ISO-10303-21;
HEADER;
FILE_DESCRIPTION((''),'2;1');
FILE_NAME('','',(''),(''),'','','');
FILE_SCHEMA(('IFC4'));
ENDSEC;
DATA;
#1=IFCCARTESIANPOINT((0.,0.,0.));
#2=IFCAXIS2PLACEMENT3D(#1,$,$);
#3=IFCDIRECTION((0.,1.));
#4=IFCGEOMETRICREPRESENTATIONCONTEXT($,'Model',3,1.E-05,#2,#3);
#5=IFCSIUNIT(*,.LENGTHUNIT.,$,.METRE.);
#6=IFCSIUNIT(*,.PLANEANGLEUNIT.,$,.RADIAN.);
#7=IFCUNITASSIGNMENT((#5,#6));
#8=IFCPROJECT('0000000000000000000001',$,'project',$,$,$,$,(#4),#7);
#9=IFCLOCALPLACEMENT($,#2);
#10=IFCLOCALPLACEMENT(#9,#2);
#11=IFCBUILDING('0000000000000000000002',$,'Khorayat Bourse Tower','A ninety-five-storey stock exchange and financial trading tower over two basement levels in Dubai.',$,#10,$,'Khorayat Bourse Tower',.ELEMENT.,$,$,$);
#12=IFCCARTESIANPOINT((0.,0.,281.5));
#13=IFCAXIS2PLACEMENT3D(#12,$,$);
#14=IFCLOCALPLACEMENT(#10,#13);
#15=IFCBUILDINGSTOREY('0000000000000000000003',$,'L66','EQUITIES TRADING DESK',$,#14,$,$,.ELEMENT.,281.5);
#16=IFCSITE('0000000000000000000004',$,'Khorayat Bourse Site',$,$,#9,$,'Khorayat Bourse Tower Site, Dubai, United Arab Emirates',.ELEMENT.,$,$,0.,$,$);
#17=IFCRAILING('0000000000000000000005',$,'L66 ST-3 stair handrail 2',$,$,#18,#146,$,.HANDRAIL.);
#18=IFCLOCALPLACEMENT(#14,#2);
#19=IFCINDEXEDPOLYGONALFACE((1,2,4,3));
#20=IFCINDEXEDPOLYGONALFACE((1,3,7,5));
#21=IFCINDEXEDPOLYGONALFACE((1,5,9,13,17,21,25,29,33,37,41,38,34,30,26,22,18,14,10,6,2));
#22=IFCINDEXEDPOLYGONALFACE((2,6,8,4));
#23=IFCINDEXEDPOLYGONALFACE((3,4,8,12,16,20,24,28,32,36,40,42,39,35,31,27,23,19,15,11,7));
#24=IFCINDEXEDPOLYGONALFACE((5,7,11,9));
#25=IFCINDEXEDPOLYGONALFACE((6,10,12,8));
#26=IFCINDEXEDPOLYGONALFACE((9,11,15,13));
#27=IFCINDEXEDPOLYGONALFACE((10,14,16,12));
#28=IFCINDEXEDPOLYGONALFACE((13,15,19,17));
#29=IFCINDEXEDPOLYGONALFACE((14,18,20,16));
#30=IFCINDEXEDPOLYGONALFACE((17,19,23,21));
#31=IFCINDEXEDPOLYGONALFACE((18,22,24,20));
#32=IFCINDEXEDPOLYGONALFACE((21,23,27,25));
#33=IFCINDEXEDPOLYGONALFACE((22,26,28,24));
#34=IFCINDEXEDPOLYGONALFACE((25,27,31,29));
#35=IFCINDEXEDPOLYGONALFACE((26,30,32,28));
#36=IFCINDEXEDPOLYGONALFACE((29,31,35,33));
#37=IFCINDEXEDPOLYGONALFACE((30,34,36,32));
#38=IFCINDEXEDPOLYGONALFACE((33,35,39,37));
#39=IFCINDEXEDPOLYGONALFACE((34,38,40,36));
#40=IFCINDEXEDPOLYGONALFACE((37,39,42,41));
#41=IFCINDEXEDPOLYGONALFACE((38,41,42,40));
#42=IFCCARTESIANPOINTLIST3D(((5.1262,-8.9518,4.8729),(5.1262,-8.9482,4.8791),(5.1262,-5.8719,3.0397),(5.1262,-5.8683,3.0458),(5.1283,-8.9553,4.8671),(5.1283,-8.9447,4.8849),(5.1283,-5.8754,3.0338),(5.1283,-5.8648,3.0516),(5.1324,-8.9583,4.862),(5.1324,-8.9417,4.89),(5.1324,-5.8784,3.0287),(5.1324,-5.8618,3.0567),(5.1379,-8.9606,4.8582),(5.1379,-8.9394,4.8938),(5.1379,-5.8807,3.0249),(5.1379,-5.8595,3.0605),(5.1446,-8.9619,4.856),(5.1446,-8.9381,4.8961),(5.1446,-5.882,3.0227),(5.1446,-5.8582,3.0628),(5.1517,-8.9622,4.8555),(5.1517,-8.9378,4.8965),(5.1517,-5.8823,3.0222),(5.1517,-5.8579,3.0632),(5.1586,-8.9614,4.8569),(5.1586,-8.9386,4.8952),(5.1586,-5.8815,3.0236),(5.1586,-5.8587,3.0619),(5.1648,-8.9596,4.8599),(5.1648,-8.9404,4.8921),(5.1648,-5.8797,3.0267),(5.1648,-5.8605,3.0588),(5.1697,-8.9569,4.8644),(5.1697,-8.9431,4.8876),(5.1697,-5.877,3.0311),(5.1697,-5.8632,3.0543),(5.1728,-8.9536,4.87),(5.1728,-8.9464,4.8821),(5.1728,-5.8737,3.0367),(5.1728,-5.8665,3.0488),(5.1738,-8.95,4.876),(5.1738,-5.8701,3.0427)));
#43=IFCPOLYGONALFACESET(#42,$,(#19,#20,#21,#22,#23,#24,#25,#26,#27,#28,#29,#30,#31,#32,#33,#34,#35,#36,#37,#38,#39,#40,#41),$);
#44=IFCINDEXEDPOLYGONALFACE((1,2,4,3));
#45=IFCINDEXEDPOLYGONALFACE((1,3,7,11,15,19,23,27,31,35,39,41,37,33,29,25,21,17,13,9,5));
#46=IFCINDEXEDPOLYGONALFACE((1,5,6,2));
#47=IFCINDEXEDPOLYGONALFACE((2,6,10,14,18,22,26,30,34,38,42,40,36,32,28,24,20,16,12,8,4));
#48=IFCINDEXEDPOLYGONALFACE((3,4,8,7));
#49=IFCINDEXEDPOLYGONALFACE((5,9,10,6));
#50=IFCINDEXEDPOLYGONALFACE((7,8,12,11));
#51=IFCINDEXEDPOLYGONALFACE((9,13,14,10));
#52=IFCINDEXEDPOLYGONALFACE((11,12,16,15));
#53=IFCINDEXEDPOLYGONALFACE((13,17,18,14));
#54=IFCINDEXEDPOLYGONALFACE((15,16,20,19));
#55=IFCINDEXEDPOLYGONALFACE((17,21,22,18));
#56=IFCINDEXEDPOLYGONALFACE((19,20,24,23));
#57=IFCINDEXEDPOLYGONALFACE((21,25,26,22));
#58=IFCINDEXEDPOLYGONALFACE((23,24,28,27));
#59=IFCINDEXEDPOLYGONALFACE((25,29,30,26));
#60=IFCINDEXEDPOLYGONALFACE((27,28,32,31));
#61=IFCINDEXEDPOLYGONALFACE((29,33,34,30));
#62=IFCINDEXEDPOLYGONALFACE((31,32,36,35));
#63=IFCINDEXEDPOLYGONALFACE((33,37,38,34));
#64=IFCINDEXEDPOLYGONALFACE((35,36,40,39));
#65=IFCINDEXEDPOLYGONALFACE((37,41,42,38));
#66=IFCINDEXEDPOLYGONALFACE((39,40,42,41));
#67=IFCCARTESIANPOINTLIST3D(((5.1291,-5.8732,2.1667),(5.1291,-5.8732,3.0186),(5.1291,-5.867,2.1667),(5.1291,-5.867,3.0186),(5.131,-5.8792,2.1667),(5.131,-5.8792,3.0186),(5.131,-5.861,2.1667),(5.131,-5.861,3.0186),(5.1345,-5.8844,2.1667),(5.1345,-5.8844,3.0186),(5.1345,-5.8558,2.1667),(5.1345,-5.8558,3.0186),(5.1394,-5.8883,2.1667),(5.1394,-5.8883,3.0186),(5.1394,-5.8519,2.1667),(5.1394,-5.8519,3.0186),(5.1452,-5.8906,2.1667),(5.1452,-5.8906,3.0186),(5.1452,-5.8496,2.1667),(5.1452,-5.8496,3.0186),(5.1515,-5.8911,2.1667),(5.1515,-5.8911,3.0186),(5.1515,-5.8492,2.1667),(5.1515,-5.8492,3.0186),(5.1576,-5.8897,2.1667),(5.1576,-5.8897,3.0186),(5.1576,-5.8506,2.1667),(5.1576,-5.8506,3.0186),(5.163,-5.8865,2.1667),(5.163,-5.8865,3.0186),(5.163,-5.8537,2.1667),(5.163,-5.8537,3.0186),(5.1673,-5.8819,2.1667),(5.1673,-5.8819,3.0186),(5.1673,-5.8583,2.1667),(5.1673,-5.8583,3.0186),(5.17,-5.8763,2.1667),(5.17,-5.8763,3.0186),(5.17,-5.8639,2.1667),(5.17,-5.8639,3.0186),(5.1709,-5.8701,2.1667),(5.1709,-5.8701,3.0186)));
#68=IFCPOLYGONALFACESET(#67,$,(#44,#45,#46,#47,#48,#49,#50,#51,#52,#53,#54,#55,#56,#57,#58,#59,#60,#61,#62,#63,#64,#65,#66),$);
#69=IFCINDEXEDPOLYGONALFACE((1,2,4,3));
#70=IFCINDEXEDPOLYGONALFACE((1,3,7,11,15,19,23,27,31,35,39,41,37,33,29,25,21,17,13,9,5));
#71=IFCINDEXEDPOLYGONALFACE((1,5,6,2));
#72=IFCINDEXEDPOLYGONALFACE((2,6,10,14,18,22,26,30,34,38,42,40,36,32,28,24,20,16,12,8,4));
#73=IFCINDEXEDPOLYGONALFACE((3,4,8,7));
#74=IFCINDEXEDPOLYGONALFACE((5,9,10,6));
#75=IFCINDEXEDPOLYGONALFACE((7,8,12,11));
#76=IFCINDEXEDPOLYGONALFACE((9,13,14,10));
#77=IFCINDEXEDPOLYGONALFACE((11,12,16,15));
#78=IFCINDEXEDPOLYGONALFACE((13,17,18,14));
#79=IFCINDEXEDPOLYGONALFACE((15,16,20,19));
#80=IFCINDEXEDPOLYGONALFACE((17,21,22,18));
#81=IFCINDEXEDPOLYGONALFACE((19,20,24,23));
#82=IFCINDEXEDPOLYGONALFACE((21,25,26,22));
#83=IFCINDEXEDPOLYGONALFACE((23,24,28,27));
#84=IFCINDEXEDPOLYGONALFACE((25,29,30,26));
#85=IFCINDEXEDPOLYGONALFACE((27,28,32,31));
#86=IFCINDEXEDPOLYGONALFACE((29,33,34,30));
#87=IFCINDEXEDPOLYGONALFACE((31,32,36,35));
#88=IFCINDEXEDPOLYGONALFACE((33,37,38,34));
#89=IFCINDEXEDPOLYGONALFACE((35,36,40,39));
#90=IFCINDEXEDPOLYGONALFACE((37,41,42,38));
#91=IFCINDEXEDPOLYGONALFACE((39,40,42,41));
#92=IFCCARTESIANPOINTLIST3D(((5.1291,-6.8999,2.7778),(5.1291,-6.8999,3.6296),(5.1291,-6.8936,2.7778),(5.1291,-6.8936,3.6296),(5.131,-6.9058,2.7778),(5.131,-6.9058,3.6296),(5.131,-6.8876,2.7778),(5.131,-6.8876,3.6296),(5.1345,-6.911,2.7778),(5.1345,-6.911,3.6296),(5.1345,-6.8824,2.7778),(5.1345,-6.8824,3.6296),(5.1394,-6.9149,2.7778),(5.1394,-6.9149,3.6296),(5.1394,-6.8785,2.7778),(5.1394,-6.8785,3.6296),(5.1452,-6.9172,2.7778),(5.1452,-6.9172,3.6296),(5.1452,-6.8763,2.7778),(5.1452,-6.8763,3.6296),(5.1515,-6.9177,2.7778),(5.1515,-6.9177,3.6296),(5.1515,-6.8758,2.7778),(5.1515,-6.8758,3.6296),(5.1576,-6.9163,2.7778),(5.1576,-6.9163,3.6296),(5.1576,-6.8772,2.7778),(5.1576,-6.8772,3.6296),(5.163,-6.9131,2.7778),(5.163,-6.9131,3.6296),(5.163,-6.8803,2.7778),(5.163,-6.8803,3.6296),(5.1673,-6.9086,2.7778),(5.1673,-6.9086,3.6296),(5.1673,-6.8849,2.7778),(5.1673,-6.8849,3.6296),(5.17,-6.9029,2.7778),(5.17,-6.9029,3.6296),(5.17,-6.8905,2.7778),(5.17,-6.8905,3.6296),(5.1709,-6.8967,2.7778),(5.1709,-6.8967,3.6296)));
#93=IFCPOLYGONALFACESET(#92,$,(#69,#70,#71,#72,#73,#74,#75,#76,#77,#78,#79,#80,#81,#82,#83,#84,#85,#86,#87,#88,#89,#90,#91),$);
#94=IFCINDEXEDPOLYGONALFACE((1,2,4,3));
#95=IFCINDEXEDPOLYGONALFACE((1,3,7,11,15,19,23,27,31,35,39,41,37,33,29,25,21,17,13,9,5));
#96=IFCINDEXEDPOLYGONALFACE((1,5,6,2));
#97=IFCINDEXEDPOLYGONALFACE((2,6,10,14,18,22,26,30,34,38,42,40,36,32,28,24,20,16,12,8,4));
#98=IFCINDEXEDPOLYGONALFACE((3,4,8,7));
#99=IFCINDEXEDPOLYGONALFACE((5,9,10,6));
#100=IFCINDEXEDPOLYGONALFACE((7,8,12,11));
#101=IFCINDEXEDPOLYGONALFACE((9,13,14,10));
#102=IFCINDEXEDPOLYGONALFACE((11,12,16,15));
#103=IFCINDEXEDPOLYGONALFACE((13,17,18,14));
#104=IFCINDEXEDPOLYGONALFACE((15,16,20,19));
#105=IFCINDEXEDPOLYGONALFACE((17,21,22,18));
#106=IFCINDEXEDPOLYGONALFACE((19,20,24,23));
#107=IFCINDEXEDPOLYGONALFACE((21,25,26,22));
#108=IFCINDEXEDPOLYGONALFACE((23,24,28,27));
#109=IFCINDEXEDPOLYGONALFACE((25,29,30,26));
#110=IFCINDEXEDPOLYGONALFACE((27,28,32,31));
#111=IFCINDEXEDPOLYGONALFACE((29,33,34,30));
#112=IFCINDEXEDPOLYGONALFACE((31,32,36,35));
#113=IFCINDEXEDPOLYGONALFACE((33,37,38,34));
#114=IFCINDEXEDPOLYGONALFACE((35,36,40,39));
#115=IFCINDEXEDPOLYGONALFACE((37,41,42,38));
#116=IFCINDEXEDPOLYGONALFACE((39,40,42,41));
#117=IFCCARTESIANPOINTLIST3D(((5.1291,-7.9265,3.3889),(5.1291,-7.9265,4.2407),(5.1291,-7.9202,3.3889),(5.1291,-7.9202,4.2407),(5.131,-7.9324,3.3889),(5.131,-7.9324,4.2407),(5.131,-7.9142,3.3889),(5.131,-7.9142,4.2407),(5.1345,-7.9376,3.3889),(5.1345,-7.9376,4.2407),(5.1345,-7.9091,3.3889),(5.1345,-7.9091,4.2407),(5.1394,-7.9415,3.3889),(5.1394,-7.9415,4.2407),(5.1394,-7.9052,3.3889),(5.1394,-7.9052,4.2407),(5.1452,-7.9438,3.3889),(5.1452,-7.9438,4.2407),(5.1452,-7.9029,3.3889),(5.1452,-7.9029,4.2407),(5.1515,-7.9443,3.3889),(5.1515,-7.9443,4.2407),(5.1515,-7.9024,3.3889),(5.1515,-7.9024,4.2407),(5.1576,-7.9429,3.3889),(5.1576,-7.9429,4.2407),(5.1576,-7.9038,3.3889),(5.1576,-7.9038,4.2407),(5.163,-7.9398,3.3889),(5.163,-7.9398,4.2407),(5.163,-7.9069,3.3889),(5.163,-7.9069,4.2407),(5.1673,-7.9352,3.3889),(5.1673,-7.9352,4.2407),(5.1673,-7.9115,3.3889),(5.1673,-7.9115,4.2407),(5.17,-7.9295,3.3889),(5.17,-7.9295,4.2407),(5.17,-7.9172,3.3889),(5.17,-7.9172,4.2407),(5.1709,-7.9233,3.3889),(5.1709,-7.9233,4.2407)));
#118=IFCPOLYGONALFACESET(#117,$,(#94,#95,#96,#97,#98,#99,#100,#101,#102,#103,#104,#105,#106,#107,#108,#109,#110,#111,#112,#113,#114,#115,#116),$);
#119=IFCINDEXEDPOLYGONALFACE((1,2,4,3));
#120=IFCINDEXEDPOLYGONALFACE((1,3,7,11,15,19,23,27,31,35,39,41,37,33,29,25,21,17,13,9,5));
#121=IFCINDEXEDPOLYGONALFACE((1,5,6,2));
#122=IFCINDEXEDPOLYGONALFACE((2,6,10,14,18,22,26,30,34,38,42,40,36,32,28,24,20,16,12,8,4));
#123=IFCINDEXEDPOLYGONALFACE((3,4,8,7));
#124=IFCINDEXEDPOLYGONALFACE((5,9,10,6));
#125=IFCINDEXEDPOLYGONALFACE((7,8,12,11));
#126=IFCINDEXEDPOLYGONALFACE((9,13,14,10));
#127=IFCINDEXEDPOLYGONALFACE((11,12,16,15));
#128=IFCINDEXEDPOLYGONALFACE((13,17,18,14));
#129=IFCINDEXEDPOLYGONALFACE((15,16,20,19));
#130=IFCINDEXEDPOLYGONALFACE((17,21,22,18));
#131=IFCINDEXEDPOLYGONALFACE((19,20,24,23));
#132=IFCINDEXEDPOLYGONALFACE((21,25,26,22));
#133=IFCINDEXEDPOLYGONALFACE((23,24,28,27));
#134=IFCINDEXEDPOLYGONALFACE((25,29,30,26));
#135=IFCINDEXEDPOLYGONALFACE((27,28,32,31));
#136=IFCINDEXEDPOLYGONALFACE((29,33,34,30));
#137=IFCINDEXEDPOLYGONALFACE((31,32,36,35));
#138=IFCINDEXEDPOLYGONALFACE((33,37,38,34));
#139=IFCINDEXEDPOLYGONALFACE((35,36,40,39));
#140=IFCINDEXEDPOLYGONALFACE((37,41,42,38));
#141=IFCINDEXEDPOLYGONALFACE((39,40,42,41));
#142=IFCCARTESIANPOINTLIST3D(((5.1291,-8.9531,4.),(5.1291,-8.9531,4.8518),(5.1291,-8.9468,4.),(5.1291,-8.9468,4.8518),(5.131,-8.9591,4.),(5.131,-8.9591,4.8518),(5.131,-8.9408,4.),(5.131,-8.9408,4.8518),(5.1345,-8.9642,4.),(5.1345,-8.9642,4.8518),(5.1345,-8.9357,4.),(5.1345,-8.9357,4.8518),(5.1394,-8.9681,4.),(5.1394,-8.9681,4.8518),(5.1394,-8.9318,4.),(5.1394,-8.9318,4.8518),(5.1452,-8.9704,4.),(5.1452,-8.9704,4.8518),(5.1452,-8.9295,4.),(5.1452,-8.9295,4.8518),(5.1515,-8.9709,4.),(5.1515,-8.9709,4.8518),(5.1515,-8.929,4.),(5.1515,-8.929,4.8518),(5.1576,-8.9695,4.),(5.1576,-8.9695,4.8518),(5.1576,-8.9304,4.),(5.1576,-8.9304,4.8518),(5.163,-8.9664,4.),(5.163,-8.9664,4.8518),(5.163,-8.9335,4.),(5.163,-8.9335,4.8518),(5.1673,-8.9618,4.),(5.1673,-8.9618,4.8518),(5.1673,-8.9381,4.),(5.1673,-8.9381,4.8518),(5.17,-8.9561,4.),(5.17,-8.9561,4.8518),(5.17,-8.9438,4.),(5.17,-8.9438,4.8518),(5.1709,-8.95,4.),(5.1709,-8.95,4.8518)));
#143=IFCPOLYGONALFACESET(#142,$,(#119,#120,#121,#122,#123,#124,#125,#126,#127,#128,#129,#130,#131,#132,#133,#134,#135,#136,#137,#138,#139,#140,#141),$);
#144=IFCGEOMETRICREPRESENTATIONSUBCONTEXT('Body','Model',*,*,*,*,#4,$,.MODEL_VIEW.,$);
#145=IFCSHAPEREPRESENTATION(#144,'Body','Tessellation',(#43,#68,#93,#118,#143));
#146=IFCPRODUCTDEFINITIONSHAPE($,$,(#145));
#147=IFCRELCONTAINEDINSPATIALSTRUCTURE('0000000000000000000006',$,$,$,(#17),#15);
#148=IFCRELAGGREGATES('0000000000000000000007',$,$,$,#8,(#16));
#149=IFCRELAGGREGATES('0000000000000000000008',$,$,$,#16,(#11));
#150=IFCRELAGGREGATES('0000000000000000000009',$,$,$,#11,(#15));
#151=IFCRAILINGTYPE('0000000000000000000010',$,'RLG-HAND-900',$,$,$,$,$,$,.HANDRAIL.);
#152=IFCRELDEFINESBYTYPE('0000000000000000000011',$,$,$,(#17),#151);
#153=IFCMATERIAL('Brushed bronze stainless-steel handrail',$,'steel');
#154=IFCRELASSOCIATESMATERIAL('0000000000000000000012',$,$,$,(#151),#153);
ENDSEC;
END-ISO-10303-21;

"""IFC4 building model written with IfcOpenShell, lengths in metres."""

from ifc_helpers import new_model, si_unit, direction, frame, origin, origin_2d, place, context, subcontext, project, spatial, circle, extrude, source, transform, mapped, material, type_object, element, save


model = new_model("IFC4")

# Units and contexts
model_context = context("Model", 3, precision=1e-05, world=origin(), true_north=direction((0.0, 1.0)))
body_context = subcontext(model_context, "Body", "Model", "MODEL_VIEW")
ifc_project = project(units=[si_unit("LENGTHUNIT", "METRE"), si_unit("PLANEANGLEUNIT", "RADIAN")], contexts=[model_context])

# Site, building, storey
site_placement = place(None, origin())
site = spatial("IfcSite", under=ifc_project, at=site_placement, Name="Khorayat Bourse Site", LongName="Khorayat Bourse Tower Site, Dubai, United Arab Emirates", CompositionType="ELEMENT", RefElevation=0.0)
building_placement = place(site_placement, origin())
building = spatial("IfcBuilding", under=site, at=building_placement, Name="Khorayat Bourse Tower", Description="A ninety-five-storey stock exchange and financial trading tower over two basement levels in Dubai.", LongName="Khorayat Bourse Tower", CompositionType="ELEMENT")
storey_placement = place(building_placement, frame((0.0, 0.0, 281.5)))
storey = spatial("IfcBuildingStorey", under=building, at=storey_placement, Name="L66", Description="EQUITIES TRADING DESK", CompositionType="ELEMENT", Elevation=281.5)

# Railing
ifc_material_1 = material(Name="Brushed bronze stainless-steel handrail", Category="steel")
railing_type = type_object("IfcRailingType", Name="RLG-HAND-900", PredefinedType="HANDRAIL", material=ifc_material_1)
shared_shape_1 = source(origin(), body_context, "Body", "SweptSolid", [
    extrude(circle(Radius=0.0239, at=origin_2d()), frame((0.0, 0.0, 0.876), z_axis=(0.0, -0.859291, 0.511487), x_axis=(1.0, 0.0, 0.0)), (0.0, 0.0, 1.0), 3.5842),
    extrude(circle(Radius=0.021, at=origin_2d()), origin(), (0.0, 0.0, 1.0), 0.8518),
    extrude(circle(Radius=0.021, at=origin_2d()), frame((0.0, -1.0266, 0.6111)), (0.0, 0.0, 1.0), 0.8518),
    extrude(circle(Radius=0.021, at=origin_2d()), frame((0.0, -2.0532, 1.2222)), (0.0, 0.0, 1.0), 0.8518),
    extrude(circle(Radius=0.021, at=origin_2d()), frame((0.0, -3.0798, 1.8333)), (0.0, 0.0, 1.0), 0.8518),
])
railing_placement = place(storey_placement, frame((5.1499, -5.8701, 2.1667)))
element("IfcRailing", 1, at=railing_placement, inside=storey, type_object=railing_type, Name="L66 ST-3 stair handrail 2", PredefinedType="HANDRAIL", context=body_context, shape_type="MappedRepresentation", body=[
    mapped(shared_shape_1, transform((0.0, 0.0, 0.0), scale=1.0)),
])

save(model, "model.ifc")
